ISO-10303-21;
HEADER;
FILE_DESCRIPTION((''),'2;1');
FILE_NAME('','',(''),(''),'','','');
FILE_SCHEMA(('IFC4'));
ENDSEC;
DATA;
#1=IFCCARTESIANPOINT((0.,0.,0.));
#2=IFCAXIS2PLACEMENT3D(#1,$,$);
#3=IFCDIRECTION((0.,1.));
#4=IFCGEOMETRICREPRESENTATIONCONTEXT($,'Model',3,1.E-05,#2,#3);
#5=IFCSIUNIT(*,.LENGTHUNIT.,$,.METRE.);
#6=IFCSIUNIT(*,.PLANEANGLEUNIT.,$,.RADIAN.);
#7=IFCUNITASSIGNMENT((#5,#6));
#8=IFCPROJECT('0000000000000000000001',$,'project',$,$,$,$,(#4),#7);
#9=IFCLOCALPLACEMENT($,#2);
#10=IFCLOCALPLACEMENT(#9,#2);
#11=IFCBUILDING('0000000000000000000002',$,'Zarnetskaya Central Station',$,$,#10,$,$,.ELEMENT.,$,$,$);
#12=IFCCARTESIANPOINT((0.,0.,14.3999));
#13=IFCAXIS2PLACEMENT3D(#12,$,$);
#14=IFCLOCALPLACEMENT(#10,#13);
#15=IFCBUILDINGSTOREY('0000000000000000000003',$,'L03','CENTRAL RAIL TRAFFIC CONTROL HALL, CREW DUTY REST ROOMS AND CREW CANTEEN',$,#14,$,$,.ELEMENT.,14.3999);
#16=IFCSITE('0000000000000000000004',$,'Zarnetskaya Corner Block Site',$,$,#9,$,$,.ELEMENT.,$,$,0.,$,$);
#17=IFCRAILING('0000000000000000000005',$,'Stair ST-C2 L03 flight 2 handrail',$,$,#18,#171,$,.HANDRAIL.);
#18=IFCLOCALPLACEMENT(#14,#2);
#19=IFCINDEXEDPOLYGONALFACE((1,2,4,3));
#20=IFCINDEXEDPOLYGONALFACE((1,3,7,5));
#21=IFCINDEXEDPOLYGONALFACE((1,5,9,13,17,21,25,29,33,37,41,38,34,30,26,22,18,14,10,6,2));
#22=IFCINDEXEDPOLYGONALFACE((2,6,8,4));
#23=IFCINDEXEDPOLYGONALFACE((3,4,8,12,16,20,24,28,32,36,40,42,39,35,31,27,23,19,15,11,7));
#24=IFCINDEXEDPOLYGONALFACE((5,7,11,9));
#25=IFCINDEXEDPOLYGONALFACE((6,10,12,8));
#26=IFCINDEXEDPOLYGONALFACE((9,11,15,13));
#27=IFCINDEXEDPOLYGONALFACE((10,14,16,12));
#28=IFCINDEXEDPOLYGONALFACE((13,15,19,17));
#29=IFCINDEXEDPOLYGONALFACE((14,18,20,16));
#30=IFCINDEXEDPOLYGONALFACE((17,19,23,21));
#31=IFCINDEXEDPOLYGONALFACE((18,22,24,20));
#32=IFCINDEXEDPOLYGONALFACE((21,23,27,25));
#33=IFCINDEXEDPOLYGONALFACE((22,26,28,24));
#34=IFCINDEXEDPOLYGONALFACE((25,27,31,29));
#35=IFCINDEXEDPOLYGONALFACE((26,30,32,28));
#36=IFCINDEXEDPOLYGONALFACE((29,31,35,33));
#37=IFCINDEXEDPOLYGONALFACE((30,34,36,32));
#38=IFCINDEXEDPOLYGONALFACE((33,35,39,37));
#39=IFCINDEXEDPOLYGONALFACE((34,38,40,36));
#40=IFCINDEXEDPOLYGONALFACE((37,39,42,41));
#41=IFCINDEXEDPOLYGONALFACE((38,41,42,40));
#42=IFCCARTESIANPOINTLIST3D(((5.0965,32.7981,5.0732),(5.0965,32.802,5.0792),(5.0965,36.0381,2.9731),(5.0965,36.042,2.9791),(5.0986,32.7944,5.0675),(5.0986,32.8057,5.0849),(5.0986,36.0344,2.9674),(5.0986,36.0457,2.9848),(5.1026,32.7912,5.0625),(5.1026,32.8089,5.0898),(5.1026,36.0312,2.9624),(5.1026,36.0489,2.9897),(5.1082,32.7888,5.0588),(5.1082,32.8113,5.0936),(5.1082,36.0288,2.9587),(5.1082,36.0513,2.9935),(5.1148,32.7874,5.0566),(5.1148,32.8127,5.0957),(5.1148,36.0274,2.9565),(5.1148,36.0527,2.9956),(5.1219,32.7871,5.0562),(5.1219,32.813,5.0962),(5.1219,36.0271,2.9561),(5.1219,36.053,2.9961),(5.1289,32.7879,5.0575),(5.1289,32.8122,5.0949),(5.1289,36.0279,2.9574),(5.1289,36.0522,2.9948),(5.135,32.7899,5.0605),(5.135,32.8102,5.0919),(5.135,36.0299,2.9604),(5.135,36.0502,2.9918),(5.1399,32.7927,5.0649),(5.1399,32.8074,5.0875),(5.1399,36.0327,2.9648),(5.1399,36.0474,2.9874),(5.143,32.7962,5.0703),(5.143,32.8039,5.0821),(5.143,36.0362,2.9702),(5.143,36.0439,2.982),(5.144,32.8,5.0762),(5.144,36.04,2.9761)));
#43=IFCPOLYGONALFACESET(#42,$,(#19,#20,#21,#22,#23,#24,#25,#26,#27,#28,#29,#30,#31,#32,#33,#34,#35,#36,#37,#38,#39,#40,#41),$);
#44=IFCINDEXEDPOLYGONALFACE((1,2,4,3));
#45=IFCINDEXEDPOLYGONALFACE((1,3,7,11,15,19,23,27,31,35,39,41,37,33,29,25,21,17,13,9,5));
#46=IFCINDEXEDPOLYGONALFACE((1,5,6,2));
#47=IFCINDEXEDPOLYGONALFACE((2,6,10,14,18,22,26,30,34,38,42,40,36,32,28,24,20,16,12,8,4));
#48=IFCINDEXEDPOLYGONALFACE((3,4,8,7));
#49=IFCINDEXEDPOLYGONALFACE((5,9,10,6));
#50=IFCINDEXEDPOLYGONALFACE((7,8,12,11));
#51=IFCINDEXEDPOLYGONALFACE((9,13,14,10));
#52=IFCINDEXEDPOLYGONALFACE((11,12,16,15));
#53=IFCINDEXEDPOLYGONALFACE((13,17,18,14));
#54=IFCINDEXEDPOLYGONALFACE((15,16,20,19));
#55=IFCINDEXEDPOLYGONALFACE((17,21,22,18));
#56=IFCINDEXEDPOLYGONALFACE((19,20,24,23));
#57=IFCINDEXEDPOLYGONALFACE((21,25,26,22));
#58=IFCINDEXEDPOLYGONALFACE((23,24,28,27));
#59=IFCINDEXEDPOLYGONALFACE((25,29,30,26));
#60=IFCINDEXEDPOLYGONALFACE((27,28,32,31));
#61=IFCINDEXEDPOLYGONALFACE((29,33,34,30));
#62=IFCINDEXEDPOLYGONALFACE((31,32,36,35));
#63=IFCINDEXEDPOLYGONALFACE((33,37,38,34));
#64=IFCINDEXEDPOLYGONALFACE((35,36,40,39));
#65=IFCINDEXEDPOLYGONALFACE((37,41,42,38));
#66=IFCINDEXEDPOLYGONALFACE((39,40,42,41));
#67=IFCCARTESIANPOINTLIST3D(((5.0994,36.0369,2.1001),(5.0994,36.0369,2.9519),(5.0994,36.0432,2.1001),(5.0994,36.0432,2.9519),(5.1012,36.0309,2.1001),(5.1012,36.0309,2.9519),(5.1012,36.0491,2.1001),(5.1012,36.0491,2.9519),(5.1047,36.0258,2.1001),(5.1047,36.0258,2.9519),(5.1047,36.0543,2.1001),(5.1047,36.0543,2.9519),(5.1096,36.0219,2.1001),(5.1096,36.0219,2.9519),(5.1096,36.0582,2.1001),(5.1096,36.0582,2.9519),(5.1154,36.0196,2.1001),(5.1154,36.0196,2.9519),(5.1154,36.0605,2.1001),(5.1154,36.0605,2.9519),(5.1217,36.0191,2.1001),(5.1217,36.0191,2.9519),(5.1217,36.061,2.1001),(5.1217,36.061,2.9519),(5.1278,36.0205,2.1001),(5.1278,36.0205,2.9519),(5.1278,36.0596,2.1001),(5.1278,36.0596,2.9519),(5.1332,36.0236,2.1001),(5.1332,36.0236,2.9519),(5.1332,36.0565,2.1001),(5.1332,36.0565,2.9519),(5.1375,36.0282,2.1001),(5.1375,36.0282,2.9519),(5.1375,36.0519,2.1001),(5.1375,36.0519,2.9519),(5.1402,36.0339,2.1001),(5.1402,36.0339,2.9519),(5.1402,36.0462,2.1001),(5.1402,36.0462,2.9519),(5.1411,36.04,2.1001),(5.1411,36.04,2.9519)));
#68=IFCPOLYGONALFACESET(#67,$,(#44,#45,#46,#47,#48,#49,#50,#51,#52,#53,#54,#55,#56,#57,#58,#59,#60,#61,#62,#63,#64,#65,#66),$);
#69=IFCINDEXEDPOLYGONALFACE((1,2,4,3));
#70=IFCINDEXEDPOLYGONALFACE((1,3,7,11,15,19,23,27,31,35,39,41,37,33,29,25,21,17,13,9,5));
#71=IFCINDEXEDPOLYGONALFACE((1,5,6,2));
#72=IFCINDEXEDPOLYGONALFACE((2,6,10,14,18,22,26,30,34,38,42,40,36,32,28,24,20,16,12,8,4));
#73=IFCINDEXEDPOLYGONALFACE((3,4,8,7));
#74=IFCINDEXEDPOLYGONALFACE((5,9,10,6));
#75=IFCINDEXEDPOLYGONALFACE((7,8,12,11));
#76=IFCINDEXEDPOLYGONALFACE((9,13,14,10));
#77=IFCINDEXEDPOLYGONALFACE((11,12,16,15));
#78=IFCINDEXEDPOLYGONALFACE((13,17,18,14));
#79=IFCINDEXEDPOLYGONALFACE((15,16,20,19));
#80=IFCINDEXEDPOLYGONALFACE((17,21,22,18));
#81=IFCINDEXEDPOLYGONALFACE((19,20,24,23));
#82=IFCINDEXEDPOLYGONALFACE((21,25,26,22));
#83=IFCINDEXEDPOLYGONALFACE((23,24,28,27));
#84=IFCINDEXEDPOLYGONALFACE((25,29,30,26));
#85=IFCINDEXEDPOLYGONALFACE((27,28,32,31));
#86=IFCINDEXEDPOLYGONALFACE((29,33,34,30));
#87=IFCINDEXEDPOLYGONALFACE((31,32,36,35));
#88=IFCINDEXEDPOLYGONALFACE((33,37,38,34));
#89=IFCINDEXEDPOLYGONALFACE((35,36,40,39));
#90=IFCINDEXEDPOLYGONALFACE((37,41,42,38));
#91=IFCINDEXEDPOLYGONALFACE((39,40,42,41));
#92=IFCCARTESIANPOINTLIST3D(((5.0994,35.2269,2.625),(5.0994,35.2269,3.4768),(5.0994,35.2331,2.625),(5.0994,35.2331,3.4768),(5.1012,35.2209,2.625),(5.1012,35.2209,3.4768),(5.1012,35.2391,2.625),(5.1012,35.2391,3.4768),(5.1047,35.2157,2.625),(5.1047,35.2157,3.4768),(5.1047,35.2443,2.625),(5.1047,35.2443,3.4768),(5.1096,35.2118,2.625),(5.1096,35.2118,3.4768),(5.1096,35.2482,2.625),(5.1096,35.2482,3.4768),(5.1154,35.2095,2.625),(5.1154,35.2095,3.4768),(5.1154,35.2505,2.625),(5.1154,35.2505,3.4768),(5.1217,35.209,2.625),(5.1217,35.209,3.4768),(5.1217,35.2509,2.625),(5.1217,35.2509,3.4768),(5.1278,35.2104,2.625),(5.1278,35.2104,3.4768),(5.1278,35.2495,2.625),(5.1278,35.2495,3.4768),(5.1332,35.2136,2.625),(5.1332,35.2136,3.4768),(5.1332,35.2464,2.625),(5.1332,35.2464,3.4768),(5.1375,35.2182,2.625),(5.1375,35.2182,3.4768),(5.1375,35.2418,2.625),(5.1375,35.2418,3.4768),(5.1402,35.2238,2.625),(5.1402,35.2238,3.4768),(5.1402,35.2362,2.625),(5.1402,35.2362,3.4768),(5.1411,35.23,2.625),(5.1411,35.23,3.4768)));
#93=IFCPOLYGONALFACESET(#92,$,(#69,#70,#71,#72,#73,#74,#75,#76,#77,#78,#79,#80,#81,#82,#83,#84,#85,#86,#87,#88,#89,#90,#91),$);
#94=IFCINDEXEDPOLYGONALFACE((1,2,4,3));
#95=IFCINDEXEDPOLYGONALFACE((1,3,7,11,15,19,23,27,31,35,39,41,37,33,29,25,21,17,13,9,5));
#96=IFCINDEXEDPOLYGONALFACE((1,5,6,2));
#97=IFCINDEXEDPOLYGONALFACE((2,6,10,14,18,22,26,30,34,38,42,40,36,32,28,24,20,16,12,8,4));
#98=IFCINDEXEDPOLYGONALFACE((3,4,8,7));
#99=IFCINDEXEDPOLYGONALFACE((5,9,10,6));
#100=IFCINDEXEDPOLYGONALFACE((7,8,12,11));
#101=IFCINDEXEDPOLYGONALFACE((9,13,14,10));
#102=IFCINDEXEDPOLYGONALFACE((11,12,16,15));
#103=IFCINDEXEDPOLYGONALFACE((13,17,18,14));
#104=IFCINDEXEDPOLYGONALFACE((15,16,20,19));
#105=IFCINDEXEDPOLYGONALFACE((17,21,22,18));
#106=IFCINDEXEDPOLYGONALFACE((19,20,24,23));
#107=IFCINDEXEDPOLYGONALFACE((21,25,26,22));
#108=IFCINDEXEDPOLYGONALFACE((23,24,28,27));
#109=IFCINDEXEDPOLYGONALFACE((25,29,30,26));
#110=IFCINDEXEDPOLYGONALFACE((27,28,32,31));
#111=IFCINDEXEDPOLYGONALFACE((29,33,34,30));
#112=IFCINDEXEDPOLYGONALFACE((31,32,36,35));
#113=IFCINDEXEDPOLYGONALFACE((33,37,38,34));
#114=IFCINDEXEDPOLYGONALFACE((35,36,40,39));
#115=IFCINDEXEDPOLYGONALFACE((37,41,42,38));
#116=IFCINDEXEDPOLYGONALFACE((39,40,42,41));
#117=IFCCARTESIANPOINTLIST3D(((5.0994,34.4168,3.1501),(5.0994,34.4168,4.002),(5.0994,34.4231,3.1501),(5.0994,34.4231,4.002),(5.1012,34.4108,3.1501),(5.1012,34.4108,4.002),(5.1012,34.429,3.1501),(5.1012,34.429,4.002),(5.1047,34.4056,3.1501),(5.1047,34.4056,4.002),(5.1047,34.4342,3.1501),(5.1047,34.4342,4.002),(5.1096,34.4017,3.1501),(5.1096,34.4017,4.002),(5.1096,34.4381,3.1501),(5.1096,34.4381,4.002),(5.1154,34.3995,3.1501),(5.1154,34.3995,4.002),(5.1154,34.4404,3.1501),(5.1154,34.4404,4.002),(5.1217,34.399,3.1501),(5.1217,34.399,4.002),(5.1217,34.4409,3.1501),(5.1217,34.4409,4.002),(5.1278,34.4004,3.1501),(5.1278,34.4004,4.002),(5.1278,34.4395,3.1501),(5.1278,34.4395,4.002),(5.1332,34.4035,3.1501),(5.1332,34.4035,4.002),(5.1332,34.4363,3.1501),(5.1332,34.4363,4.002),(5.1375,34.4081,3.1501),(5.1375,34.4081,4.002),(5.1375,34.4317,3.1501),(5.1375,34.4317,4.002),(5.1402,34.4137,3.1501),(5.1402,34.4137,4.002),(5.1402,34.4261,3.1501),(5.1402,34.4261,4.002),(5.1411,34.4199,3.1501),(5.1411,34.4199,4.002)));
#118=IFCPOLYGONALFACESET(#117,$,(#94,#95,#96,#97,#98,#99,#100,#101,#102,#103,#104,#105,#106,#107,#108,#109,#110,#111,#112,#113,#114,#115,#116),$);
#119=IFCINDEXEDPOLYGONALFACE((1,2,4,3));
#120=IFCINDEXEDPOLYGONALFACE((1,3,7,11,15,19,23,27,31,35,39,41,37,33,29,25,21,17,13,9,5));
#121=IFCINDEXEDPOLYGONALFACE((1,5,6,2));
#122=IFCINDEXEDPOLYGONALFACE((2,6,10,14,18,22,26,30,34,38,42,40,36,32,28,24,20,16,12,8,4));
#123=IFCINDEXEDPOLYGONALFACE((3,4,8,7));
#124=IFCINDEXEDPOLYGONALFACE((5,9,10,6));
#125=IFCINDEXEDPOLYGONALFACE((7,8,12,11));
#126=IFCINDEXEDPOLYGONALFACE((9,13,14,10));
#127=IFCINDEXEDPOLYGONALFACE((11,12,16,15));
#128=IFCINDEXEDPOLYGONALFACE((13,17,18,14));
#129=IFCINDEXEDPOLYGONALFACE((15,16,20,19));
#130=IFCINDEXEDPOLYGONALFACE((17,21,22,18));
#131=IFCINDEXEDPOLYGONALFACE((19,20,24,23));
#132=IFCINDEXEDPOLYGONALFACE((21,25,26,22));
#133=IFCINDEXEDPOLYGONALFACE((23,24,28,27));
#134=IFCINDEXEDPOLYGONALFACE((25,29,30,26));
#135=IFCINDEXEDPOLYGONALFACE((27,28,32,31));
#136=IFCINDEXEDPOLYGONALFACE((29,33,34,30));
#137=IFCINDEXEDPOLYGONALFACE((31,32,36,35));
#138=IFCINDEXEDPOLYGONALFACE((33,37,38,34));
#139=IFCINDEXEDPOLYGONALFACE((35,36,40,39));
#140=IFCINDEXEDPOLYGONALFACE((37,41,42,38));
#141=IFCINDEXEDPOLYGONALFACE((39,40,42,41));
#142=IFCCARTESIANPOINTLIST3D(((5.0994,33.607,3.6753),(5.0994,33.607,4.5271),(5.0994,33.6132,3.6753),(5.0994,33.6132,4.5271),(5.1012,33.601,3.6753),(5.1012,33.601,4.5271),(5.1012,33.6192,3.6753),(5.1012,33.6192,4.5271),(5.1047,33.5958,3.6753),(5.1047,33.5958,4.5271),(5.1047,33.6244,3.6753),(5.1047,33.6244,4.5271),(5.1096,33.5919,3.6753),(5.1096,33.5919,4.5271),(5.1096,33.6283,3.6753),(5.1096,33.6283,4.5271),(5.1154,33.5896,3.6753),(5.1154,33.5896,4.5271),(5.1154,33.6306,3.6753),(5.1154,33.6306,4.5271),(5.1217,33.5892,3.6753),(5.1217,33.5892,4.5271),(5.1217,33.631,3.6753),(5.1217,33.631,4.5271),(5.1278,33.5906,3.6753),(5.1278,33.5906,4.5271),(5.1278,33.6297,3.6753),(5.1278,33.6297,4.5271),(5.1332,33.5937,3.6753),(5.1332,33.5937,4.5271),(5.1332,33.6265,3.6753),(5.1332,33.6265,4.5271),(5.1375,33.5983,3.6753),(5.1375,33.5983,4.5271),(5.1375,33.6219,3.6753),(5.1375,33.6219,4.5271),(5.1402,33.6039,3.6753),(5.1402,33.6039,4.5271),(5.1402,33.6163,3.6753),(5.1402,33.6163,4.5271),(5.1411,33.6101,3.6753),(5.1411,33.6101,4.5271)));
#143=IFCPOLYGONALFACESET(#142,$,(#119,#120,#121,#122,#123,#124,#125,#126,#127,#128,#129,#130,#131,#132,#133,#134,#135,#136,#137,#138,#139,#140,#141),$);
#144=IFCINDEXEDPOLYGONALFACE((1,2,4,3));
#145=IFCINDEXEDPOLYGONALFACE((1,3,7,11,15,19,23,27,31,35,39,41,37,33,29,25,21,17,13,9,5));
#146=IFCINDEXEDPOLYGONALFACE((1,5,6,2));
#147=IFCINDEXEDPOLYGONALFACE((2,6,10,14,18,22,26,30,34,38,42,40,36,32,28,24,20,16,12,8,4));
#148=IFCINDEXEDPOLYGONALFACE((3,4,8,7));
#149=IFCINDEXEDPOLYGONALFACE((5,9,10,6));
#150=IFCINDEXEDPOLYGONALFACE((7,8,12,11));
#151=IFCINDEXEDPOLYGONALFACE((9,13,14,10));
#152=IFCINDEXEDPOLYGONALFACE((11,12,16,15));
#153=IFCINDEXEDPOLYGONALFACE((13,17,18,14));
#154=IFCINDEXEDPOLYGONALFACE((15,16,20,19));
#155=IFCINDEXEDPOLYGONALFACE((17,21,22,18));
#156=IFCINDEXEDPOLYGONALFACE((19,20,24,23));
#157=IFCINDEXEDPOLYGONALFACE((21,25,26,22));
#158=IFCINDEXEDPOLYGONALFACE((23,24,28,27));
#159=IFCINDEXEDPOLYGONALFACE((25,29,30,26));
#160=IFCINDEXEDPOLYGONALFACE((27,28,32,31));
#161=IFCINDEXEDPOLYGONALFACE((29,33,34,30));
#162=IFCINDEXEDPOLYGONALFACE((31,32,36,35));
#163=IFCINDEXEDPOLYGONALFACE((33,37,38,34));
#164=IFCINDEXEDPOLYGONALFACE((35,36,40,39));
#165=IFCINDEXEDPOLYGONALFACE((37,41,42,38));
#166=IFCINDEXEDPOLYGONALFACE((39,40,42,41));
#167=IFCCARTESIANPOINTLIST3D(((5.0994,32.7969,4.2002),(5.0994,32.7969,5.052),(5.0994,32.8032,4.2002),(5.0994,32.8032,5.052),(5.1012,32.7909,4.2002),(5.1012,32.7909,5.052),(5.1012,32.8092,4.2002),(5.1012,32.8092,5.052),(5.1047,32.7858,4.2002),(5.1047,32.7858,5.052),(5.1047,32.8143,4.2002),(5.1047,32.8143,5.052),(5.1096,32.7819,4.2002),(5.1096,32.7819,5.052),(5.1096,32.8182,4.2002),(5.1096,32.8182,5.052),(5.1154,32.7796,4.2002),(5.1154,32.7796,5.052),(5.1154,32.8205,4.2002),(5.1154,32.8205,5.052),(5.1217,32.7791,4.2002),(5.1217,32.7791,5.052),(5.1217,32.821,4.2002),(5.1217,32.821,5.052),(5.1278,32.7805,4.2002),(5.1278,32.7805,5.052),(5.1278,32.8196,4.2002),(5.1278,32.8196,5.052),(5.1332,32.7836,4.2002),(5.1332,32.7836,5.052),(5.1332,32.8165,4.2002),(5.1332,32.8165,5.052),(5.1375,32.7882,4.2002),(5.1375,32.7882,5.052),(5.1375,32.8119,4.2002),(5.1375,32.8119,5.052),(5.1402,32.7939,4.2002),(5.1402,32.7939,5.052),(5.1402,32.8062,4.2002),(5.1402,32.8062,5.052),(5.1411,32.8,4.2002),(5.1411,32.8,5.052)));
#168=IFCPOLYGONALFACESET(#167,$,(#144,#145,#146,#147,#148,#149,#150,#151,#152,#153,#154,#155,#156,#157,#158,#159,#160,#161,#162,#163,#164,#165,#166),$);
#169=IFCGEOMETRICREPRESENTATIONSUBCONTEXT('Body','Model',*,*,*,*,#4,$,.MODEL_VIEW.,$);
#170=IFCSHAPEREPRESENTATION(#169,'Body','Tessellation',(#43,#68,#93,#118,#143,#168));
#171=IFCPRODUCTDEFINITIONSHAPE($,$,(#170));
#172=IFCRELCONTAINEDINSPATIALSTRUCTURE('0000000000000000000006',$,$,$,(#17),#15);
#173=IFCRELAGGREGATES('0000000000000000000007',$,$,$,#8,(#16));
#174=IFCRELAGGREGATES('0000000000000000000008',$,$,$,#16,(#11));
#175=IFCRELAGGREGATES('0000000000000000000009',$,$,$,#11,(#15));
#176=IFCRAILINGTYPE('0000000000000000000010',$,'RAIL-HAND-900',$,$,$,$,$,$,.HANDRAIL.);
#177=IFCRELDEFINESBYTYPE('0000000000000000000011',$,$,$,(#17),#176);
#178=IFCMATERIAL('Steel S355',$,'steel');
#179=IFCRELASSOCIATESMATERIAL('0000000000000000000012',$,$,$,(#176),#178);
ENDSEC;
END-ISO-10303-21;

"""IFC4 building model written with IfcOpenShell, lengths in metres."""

from ifc_helpers import new_model, si_unit, direction, frame, origin, origin_2d, place, context, subcontext, project, spatial, circle, extrude, material, type_object, element, save


model = new_model("IFC4")

# Units and contexts
model_context = context("Model", 3, precision=1e-05, world=origin(), true_north=direction((0.0, 1.0)))
body_context = subcontext(model_context, "Body", "Model", "MODEL_VIEW")
ifc_project = project(units=[si_unit("LENGTHUNIT", "METRE"), si_unit("PLANEANGLEUNIT", "RADIAN")], contexts=[model_context])

# Site, building, storey
site_placement = place(None, origin())
site = spatial("IfcSite", under=ifc_project, at=site_placement, Name="Zarnetskaya Corner Block Site", CompositionType="ELEMENT", RefElevation=0.0)
building_placement = place(site_placement, origin())
building = spatial("IfcBuilding", under=site, at=building_placement, Name="Zarnetskaya Central Station", CompositionType="ELEMENT")
storey_placement = place(building_placement, frame((0.0, 0.0, 14.3999)))
storey = spatial("IfcBuildingStorey", under=building, at=storey_placement, Name="L03", Description="CENTRAL RAIL TRAFFIC CONTROL HALL, CREW DUTY REST ROOMS AND CREW CANTEEN", CompositionType="ELEMENT", Elevation=14.3999)

# Shared definitions
ifc_material_1 = material(Name="Steel S355", Category="steel")

# Railing
railing_type = type_object("IfcRailingType", Name="RAIL-HAND-900", PredefinedType="HANDRAIL", material=ifc_material_1)
railing_placement = place(storey_placement, frame((5.1201, 36.04, 2.1001)))
element("IfcRailing", 1, at=railing_placement, inside=storey, type_object=railing_type, Name="Stair ST-C2 L03 flight 2 handrail", PredefinedType="HANDRAIL", context=body_context, shape_type="SweptSolid", body=[
    extrude(circle(Radius=0.0239, at=origin_2d()), frame((0.0, 0.0, 0.876), z_axis=(0.0, -0.839141, 0.543914), x_axis=(1.0, 0.0, 0.0)), (0.0, 0.0, 1.0), 3.8611),
    extrude(circle(Radius=0.021, at=origin_2d()), origin(), (0.0, 0.0, 1.0), 0.8518),
    extrude(circle(Radius=0.021, at=origin_2d()), frame((0.0, -0.8101, 0.5249)), (0.0, 0.0, 1.0), 0.8518),
    extrude(circle(Radius=0.021, at=origin_2d()), frame((0.0, -1.6201, 1.05)), (0.0, 0.0, 1.0), 0.8518),
    extrude(circle(Radius=0.021, at=origin_2d()), frame((0.0, -2.4299, 1.5752)), (0.0, 0.0, 1.0), 0.8518),
    extrude(circle(Radius=0.021, at=origin_2d()), frame((0.0, -3.24, 2.1001)), (0.0, 0.0, 1.0), 0.8518),
])

save(model, "model.ifc")
